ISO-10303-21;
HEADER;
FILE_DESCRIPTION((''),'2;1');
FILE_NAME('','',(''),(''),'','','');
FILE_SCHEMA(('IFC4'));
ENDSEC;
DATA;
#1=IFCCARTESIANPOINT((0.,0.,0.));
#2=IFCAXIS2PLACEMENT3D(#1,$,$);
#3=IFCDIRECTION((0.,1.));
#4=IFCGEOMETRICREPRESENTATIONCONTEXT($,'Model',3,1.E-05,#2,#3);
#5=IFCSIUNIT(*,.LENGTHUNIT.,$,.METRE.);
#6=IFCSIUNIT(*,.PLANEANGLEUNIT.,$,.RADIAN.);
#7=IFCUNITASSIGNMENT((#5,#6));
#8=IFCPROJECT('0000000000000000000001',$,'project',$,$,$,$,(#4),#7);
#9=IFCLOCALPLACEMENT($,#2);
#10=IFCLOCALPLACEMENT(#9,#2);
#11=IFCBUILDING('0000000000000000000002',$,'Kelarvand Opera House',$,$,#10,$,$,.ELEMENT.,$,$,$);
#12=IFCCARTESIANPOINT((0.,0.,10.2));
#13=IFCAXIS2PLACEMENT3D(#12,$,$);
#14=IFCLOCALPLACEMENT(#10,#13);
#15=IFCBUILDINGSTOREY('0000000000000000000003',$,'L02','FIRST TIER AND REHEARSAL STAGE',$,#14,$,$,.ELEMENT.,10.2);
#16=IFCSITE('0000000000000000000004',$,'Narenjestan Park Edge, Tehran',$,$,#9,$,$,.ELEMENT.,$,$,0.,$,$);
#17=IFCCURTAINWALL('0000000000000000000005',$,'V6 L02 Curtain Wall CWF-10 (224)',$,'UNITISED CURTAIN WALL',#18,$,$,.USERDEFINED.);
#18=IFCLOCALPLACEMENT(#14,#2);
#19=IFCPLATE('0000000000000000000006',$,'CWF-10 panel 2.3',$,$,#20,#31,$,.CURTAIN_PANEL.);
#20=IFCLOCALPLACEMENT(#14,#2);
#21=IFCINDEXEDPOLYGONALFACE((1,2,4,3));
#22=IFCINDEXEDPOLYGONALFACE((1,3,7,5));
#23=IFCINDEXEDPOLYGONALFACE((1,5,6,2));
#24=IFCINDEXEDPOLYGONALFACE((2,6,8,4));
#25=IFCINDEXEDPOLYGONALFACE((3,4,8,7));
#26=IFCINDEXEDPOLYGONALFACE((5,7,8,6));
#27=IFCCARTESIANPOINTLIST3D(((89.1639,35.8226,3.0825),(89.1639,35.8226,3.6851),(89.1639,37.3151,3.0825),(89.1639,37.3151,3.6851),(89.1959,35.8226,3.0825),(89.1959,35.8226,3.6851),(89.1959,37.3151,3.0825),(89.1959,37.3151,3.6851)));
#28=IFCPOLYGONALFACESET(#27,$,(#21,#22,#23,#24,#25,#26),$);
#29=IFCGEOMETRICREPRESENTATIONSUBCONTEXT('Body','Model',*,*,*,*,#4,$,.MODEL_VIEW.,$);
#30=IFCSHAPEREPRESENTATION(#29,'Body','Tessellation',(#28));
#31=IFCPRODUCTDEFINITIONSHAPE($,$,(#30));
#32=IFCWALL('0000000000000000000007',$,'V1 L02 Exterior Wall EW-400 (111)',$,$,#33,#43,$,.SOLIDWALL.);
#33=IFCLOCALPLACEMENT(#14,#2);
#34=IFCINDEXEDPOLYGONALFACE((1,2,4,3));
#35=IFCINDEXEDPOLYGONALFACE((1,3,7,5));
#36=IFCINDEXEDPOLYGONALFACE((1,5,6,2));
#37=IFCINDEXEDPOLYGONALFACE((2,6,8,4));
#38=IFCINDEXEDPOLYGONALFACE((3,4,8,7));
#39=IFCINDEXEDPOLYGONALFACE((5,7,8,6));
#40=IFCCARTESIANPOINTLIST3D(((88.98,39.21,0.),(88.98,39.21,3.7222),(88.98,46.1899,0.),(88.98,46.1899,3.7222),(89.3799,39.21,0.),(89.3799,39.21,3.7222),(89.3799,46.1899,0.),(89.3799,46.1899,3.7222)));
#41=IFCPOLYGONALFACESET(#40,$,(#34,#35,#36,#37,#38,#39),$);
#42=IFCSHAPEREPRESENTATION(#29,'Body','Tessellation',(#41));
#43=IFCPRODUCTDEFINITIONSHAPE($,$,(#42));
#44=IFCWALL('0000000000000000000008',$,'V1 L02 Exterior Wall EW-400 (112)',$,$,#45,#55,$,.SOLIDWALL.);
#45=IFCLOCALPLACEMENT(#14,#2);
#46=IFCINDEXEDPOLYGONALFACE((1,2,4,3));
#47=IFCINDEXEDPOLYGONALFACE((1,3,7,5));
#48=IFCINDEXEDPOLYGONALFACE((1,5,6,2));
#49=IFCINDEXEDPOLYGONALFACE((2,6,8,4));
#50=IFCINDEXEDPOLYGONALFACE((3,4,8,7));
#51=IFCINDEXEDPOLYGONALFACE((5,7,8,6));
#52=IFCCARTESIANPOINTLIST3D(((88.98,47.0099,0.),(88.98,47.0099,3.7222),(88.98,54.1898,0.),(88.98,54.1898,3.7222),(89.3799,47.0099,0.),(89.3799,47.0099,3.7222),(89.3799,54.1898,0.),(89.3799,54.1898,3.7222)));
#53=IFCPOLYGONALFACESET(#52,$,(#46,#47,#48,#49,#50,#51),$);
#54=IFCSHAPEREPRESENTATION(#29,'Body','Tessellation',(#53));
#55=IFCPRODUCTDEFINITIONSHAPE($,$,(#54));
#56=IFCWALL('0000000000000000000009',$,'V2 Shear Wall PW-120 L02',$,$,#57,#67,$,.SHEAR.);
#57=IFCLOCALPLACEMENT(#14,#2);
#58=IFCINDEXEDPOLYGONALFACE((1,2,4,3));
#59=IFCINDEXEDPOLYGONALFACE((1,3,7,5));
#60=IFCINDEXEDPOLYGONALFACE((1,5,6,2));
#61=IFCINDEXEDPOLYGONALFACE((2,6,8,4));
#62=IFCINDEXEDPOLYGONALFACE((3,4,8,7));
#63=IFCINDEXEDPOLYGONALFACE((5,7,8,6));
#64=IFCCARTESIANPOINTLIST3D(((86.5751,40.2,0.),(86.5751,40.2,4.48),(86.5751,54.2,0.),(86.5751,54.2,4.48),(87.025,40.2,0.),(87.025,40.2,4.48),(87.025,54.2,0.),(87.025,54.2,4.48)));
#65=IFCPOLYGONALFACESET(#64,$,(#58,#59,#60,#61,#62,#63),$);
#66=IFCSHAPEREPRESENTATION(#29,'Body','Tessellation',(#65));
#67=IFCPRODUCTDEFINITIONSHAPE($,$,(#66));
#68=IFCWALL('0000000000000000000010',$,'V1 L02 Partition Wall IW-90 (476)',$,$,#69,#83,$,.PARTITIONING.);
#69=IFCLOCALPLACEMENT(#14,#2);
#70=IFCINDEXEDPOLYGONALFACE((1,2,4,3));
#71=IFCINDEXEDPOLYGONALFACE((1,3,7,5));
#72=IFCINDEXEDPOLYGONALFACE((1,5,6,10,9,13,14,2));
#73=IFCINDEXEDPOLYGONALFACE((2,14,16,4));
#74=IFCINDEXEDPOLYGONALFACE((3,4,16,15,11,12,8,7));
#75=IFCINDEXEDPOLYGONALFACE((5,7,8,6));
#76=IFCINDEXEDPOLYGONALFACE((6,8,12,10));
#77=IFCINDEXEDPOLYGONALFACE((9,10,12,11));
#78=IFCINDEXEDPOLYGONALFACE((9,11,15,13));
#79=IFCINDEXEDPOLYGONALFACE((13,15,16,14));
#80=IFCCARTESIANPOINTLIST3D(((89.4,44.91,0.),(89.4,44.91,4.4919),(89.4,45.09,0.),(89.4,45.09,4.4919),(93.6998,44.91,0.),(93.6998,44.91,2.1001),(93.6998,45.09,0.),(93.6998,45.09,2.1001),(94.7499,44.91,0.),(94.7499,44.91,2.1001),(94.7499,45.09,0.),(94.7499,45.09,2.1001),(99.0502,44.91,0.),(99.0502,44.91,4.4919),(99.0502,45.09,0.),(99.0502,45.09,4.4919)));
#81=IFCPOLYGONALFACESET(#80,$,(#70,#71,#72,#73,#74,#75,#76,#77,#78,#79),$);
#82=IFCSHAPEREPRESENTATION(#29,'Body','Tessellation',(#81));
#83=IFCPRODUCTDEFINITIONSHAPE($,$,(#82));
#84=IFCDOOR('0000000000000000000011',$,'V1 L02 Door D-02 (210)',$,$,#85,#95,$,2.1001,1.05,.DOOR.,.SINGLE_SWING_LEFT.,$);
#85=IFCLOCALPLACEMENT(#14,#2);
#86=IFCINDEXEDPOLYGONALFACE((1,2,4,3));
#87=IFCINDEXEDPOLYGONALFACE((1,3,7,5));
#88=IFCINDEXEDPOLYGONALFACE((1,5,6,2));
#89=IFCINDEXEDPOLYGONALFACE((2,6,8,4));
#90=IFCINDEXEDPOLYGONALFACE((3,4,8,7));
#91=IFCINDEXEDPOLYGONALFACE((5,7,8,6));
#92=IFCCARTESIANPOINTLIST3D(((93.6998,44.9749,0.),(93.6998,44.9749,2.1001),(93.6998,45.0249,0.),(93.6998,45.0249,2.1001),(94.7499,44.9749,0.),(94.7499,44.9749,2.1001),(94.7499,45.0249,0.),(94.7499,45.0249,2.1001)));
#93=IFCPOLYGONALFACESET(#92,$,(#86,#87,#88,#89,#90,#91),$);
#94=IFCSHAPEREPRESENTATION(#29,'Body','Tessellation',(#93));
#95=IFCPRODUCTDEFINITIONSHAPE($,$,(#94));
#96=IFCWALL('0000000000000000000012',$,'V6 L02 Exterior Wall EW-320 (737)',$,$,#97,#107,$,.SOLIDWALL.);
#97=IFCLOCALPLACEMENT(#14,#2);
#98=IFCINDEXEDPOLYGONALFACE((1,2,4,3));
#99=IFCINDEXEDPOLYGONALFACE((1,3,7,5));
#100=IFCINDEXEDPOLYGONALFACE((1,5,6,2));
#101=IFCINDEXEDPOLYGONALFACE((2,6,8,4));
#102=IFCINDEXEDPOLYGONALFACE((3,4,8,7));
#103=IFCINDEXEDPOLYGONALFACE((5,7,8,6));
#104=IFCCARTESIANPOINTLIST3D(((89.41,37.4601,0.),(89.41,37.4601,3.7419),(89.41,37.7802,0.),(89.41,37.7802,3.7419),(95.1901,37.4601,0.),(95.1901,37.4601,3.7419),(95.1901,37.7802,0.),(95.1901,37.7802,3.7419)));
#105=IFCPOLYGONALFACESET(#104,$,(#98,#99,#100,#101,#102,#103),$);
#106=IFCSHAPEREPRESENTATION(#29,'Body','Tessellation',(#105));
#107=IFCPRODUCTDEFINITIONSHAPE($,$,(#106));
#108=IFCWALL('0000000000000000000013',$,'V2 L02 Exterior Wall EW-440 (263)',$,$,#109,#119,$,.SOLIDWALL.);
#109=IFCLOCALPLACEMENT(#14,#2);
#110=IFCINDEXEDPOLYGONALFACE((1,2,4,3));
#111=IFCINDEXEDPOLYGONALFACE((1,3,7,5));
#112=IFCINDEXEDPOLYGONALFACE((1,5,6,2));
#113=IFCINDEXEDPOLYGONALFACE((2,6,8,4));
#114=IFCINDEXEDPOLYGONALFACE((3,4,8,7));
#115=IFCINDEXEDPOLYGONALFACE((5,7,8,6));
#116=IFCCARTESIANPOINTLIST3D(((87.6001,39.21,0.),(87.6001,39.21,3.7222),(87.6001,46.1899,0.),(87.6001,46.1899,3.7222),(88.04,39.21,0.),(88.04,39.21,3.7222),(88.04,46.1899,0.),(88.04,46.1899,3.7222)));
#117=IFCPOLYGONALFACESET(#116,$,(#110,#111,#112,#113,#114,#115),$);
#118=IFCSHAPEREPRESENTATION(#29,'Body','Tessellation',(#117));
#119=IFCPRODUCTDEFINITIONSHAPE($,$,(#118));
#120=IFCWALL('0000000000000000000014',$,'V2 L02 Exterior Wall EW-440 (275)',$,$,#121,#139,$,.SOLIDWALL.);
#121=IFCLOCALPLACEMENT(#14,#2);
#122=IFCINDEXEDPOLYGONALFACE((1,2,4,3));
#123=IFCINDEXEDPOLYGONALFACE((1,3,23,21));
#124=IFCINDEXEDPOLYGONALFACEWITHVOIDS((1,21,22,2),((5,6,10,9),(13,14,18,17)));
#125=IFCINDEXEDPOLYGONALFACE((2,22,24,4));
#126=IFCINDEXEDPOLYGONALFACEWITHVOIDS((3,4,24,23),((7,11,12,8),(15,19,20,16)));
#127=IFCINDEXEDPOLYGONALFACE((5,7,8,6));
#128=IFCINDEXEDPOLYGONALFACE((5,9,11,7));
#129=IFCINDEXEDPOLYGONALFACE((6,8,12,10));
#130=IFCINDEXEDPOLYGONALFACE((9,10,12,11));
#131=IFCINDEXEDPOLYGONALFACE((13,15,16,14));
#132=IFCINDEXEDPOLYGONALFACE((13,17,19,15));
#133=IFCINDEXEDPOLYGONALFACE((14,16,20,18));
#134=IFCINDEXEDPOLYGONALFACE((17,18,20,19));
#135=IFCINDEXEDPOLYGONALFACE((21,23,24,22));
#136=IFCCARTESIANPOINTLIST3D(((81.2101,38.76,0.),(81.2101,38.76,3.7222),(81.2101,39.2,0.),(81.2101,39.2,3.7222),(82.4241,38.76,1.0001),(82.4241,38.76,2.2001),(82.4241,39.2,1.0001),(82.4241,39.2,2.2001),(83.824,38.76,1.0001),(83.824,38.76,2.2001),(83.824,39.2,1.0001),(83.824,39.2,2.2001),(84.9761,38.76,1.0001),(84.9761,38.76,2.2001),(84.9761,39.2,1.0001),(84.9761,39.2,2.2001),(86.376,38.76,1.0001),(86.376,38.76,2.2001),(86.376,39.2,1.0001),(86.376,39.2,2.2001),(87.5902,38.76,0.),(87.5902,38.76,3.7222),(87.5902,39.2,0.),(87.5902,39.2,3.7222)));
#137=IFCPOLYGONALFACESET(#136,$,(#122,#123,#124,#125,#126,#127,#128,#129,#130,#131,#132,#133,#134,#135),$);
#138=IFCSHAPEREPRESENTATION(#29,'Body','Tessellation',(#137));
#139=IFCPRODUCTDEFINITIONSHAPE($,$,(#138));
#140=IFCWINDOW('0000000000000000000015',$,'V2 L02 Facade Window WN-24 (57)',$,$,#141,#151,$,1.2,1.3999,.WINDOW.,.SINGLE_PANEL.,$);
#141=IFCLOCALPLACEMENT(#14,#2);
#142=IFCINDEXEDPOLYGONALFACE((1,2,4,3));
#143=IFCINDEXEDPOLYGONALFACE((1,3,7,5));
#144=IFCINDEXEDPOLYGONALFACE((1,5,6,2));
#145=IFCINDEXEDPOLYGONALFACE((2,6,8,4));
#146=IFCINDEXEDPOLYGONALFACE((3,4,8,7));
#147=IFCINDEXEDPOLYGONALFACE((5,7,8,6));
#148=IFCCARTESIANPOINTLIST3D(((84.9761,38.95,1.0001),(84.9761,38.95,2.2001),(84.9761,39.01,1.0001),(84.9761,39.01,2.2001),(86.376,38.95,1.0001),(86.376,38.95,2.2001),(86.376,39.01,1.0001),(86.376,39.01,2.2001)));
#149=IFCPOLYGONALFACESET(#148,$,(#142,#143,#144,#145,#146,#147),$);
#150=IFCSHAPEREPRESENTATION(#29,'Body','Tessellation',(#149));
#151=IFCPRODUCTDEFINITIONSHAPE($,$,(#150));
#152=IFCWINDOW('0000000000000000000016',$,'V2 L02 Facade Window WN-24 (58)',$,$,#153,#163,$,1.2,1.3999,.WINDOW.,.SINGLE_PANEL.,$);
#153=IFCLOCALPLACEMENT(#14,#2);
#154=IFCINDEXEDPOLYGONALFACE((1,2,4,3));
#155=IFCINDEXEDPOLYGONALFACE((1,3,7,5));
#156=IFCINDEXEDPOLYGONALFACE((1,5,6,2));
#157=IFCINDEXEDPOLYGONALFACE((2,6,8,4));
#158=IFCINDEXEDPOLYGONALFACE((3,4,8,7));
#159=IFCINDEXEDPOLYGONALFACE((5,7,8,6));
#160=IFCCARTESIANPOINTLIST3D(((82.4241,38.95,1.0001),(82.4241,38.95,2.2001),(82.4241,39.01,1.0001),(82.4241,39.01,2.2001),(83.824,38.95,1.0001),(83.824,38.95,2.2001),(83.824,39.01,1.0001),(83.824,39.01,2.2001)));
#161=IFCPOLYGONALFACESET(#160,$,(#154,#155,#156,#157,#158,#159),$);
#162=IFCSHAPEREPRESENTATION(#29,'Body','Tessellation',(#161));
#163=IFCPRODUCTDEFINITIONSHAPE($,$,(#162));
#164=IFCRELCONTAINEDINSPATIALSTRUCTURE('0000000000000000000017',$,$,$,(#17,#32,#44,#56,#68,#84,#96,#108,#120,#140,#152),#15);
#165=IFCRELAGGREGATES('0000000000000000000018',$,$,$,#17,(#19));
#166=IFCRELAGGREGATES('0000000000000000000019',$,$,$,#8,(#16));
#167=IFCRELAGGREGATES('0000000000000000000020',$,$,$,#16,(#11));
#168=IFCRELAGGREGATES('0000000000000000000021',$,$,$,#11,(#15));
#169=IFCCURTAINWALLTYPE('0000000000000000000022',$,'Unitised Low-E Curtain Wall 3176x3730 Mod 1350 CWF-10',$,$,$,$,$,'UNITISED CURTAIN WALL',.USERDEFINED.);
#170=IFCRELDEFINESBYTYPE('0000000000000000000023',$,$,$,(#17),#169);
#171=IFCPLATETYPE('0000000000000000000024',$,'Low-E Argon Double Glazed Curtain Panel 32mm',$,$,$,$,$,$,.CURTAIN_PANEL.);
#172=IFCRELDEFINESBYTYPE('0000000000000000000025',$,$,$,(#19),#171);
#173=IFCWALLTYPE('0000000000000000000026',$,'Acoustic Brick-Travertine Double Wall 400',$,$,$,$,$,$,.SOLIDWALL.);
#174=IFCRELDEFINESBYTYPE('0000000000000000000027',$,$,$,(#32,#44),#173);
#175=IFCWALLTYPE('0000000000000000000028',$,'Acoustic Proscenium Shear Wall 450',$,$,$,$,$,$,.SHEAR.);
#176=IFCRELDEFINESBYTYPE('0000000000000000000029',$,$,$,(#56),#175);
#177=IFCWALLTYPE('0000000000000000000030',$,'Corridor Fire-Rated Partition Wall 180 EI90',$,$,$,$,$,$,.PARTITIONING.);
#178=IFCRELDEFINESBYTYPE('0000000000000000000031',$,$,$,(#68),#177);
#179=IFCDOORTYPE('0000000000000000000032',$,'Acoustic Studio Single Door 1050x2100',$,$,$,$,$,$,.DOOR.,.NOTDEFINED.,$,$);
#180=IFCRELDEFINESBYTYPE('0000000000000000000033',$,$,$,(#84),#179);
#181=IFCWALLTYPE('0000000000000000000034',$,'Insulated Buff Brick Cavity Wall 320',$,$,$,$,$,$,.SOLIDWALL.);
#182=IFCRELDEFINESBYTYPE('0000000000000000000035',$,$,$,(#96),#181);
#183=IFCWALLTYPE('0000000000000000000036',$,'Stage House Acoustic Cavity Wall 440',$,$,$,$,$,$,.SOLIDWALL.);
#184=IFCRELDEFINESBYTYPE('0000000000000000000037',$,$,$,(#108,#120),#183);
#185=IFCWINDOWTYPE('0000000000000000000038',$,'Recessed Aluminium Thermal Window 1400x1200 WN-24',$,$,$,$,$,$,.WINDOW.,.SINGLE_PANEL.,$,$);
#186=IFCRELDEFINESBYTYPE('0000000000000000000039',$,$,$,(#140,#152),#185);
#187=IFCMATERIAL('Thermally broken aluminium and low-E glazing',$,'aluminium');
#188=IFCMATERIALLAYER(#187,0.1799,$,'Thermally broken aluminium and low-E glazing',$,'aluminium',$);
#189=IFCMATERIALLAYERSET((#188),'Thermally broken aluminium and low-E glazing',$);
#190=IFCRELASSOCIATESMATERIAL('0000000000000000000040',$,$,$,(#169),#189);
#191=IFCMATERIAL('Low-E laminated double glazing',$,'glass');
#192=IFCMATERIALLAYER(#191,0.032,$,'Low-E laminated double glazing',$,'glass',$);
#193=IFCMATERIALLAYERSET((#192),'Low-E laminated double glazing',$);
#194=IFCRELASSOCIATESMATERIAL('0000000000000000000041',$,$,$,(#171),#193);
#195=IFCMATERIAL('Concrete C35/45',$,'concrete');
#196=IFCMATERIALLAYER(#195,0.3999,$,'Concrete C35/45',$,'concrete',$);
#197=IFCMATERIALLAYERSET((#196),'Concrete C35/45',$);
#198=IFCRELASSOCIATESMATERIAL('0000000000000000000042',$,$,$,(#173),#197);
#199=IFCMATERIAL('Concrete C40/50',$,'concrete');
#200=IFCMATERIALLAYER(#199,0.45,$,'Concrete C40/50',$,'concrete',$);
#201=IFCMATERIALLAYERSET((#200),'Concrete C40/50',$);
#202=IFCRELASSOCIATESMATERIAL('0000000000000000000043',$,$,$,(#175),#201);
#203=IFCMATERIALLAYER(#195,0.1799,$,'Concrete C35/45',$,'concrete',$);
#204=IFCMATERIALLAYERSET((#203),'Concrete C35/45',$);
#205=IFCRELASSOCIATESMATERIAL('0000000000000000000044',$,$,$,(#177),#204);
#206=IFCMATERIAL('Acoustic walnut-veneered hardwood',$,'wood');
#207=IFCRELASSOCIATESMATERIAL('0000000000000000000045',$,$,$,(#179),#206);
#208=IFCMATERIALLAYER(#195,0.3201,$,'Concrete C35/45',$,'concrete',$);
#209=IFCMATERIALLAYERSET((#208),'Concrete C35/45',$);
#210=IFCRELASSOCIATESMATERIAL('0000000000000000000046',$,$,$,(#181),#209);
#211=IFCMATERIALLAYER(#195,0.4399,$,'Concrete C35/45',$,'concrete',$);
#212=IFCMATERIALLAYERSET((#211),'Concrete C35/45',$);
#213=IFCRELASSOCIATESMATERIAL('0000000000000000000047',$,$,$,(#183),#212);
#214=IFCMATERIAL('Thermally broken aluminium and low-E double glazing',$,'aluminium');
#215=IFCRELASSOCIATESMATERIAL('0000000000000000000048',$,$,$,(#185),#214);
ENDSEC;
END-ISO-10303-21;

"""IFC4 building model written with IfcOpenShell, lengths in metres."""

from ifc_helpers import new_model, si_unit, direction, frame, frame_2d, origin, origin_2d, place, context, subcontext, project, spatial, rectangle, extrude, material, layer, layer_set, type_object, element, fill, aggregate, save


model = new_model("IFC4")

# Units and contexts
model_context = context("Model", 3, precision=1e-05, world=origin(), true_north=direction((0.0, 1.0)))
body_context = subcontext(model_context, "Body", "Model", "MODEL_VIEW")
ifc_project = project(units=[si_unit("LENGTHUNIT", "METRE"), si_unit("PLANEANGLEUNIT", "RADIAN")], contexts=[model_context])

# Site, building, storey
site_placement = place(None, origin())
site = spatial("IfcSite", under=ifc_project, at=site_placement, Name="Narenjestan Park Edge, Tehran", CompositionType="ELEMENT", RefElevation=0.0)
building_placement = place(site_placement, origin())
building = spatial("IfcBuilding", under=site, at=building_placement, Name="Kelarvand Opera House", CompositionType="ELEMENT")
storey_placement = place(building_placement, frame((0.0, 0.0, 10.2)))
storey = spatial("IfcBuildingStorey", under=building, at=storey_placement, Name="L02", Description="FIRST TIER AND REHEARSAL STAGE", CompositionType="ELEMENT", Elevation=10.2)

# Shared definitions
ifc_material_1 = material(Name="Concrete C40/50", Category="concrete")

# Curtain wall
ifc_material_2 = material(Name="Thermally broken aluminium and low-E glazing", Category="aluminium")
ifc_layer_1 = layer(ifc_material_2, 0.1799, Name="Thermally broken aluminium and low-E glazing", Category="aluminium")
ifc_layer_set_1 = layer_set([ifc_layer_1], Name="Thermally broken aluminium and low-E glazing")
curtain_wall_type = type_object("IfcCurtainWallType", Name="Unitised Low-E Curtain Wall 3176x3730 Mod 1350 CWF-10", ElementType="UNITISED CURTAIN WALL", PredefinedType="USERDEFINED", material=ifc_layer_set_1)
curtain_wall_placement = place(storey_placement, origin())
curtain_wall = element("IfcCurtainWall", 1, at=curtain_wall_placement, inside=storey, type_object=curtain_wall_type, Name="V6 L02 Curtain Wall CWF-10 (224)", ObjectType="UNITISED CURTAIN WALL", PredefinedType="USERDEFINED")

# Plate
ifc_material_3 = material(Name="Low-E laminated double glazing", Category="glass")
ifc_layer_2 = layer(ifc_material_3, 0.032, Name="Low-E laminated double glazing", Category="glass")
ifc_layer_set_2 = layer_set([ifc_layer_2], Name="Low-E laminated double glazing")
plate_type = type_object("IfcPlateType", Name="Low-E Argon Double Glazed Curtain Panel 32mm", PredefinedType="CURTAIN_PANEL", material=ifc_layer_set_2)
plate_placement = place(storey_placement, frame((89.1799, 36.5688, 3.0825), z_axis=(0.0, 0.0, 1.0), x_axis=(0.0, 1.0, 0.0)))
plate = element("IfcPlate", 2, at=plate_placement, type_object=plate_type, Name="CWF-10 panel 2.3", PredefinedType="CURTAIN_PANEL", context=body_context, shape_type="SweptSolid", body=[
    extrude(rectangle(XDim=1.4924, YDim=0.032, at=origin_2d()), origin(), (0.0, 0.0, 1.0), 0.6025),
])
aggregate(curtain_wall, [plate])

# Walls
ifc_material_4 = material(Name="Concrete C35/45", Category="concrete")
ifc_layer_3 = layer(ifc_material_4, 0.3999, Name="Concrete C35/45", Category="concrete")
ifc_layer_set_3 = layer_set([ifc_layer_3], Name="Concrete C35/45")
wall_type_1 = type_object("IfcWallType", Name="Acoustic Brick-Travertine Double Wall 400", PredefinedType="SOLIDWALL", material=ifc_layer_set_3)
wall_1_placement = place(storey_placement, frame((89.1799, 39.21, 0.0), z_axis=(0.0, 0.0, 1.0), x_axis=(0.0, 1.0, 0.0)))
element("IfcWall", 3, at=wall_1_placement, inside=storey, type_object=wall_type_1, Name="V1 L02 Exterior Wall EW-400 (111)", PredefinedType="SOLIDWALL", context=body_context, shape_type="SweptSolid", body=[
    extrude(rectangle(XDim=6.98, YDim=0.3999, at=frame_2d((3.49, 0.0))), origin(), (0.0, 0.0, 1.0), 3.7222),
])
wall_2_placement = place(storey_placement, frame((89.1799, 47.01, 0.0), z_axis=(0.0, 0.0, 1.0), x_axis=(0.0, 1.0, 0.0)))
element("IfcWall", 4, at=wall_2_placement, inside=storey, type_object=wall_type_1, Name="V1 L02 Exterior Wall EW-400 (112)", PredefinedType="SOLIDWALL", context=body_context, shape_type="SweptSolid", body=[
    extrude(rectangle(XDim=7.1799, YDim=0.3999, at=frame_2d((3.5898, 0.0))), origin(), (0.0, 0.0, 1.0), 3.7222),
])
ifc_layer_4 = layer(ifc_material_1, 0.45, Name="Concrete C40/50", Category="concrete")
ifc_layer_set_4 = layer_set([ifc_layer_4], Name="Concrete C40/50")
wall_type_2 = type_object("IfcWallType", Name="Acoustic Proscenium Shear Wall 450", PredefinedType="SHEAR", material=ifc_layer_set_4)
wall_3_placement = place(storey_placement, frame((86.8, 40.2, 0.0), z_axis=(0.0, 0.0, 1.0), x_axis=(0.0, 1.0, 0.0)))
element("IfcWall", 5, at=wall_3_placement, inside=storey, type_object=wall_type_2, Name="V2 Shear Wall PW-120 L02", PredefinedType="SHEAR", context=body_context, shape_type="SweptSolid", body=[
    extrude(rectangle(XDim=14.0, YDim=0.45, at=frame_2d((7.0, 0.0))), origin(), (0.0, 0.0, 1.0), 4.48),
])

# Wall, opening, door
ifc_layer_5 = layer(ifc_material_4, 0.1799, Name="Concrete C35/45", Category="concrete")
ifc_layer_set_5 = layer_set([ifc_layer_5], Name="Concrete C35/45")
wall_type_3 = type_object("IfcWallType", Name="Corridor Fire-Rated Partition Wall 180 EI90", PredefinedType="PARTITIONING", material=ifc_layer_set_5)
wall_4_placement = place(storey_placement, frame((89.3999, 45.0, 0.0), z_axis=(0.0, 0.0, 1.0), x_axis=(1.0, 0.0, 0.0)))
wall_4 = element("IfcWall", 6, at=wall_4_placement, inside=storey, type_object=wall_type_3, Name="V1 L02 Partition Wall IW-90 (476)", PredefinedType="PARTITIONING", context=body_context, shape_type="SweptSolid", body=[
    extrude(rectangle(XDim=9.6501, YDim=0.1799, at=frame_2d((4.8252, 0.0))), origin(), (0.0, 0.0, 1.0), 4.4919),
])
opening_1_placement = place(wall_4_placement, frame((4.3, 0.0, 0.0)))
opening_1 = element("IfcOpeningElement", 7, at=opening_1_placement, cuts=wall_4, PredefinedType="OPENING", context=body_context, shape_type="SweptSolid", body=[
    extrude(rectangle(XDim=1.05, YDim=2.1001, at=frame_2d((0.5249, 1.05))), frame((0.0, 0.1001, 0.0), z_axis=(0.0, -1.0, 0.0), x_axis=(1.0, 0.0, 0.0)), (0.0, 0.0, 1.0), 0.2),
])
ifc_material_5 = material(Name="Acoustic walnut-veneered hardwood", Category="wood")
door_type = type_object("IfcDoorType", Name="Acoustic Studio Single Door 1050x2100", OperationType="NOTDEFINED", PredefinedType="DOOR", material=ifc_material_5)
door_placement = place(opening_1_placement, origin())
door = element("IfcDoor", 8, at=door_placement, inside=storey, type_object=door_type, Name="V1 L02 Door D-02 (210)", OperationType="SINGLE_SWING_LEFT", OverallHeight=2.1001, OverallWidth=1.05, PredefinedType="DOOR", context=body_context, shape_type="SweptSolid", body=[
    extrude(rectangle(XDim=1.05, YDim=2.1001, at=frame_2d((0.5249, 1.05))), frame((0.0, 0.0249, 0.0), z_axis=(0.0, -1.0, 0.0), x_axis=(1.0, 0.0, 0.0)), (0.0, 0.0, 1.0), 0.05),
])
fill(opening_1, door)

# Walls
ifc_layer_6 = layer(ifc_material_4, 0.3201, Name="Concrete C35/45", Category="concrete")
ifc_layer_set_6 = layer_set([ifc_layer_6], Name="Concrete C35/45")
wall_type_4 = type_object("IfcWallType", Name="Insulated Buff Brick Cavity Wall 320", PredefinedType="SOLIDWALL", material=ifc_layer_set_6)
wall_5_placement = place(storey_placement, frame((89.4099, 37.6201, 0.0), z_axis=(0.0, 0.0, 1.0), x_axis=(1.0, 0.0, 0.0)))
element("IfcWall", 9, at=wall_5_placement, inside=storey, type_object=wall_type_4, Name="V6 L02 Exterior Wall EW-320 (737)", PredefinedType="SOLIDWALL", context=body_context, shape_type="SweptSolid", body=[
    extrude(rectangle(XDim=5.78, YDim=0.3201, at=frame_2d((2.8901, 0.0))), origin(), (0.0, 0.0, 1.0), 3.7419),
])
ifc_layer_7 = layer(ifc_material_4, 0.4399, Name="Concrete C35/45", Category="concrete")
ifc_layer_set_7 = layer_set([ifc_layer_7], Name="Concrete C35/45")
wall_type_5 = type_object("IfcWallType", Name="Stage House Acoustic Cavity Wall 440", PredefinedType="SOLIDWALL", material=ifc_layer_set_7)
wall_6_placement = place(storey_placement, frame((87.8201, 46.1899, 0.0), z_axis=(0.0, 0.0, 1.0), x_axis=(0.0, -1.0, 0.0)))
element("IfcWall", 10, at=wall_6_placement, inside=storey, type_object=wall_type_5, Name="V2 L02 Exterior Wall EW-440 (263)", PredefinedType="SOLIDWALL", context=body_context, shape_type="SweptSolid", body=[
    extrude(rectangle(XDim=6.98, YDim=0.4399, at=frame_2d((3.49, 0.0))), origin(), (0.0, 0.0, 1.0), 3.7222),
])

# Wall, openings, windows
wall_7_placement = place(storey_placement, frame((87.5901, 38.98, 0.0), z_axis=(0.0, 0.0, 1.0), x_axis=(-1.0, 0.0, 0.0)))
wall_7 = element("IfcWall", 11, at=wall_7_placement, inside=storey, type_object=wall_type_5, Name="V2 L02 Exterior Wall EW-440 (275)", PredefinedType="SOLIDWALL", context=body_context, shape_type="SweptSolid", body=[
    extrude(rectangle(XDim=6.3801, YDim=0.4399, at=frame_2d((3.1899, 0.0))), origin(), (0.0, 0.0, 1.0), 3.7222),
])
opening_2_placement = place(wall_7_placement, frame((1.2141, 0.0, 1.0)))
opening_2 = element("IfcOpeningElement", 12, at=opening_2_placement, cuts=wall_7, PredefinedType="OPENING", context=body_context, shape_type="SweptSolid", body=[
    extrude(rectangle(XDim=1.3999, YDim=1.2, at=frame_2d((0.7, 0.6001))), frame((0.0, 0.23, 0.0), z_axis=(0.0, -1.0, 0.0), x_axis=(1.0, 0.0, 0.0)), (0.0, 0.0, 1.0), 0.46),
])
opening_3_placement = place(wall_7_placement, frame((3.7661, 0.0, 1.0)))
opening_3 = element("IfcOpeningElement", 13, at=opening_3_placement, cuts=wall_7, PredefinedType="OPENING", context=body_context, shape_type="SweptSolid", body=[
    extrude(rectangle(XDim=1.3999, YDim=1.2, at=frame_2d((0.7, 0.6001))), frame((0.0, 0.23, 0.0), z_axis=(0.0, -1.0, 0.0), x_axis=(1.0, 0.0, 0.0)), (0.0, 0.0, 1.0), 0.46),
])
ifc_material_6 = material(Name="Thermally broken aluminium and low-E double glazing", Category="aluminium")
window_type = type_object("IfcWindowType", Name="Recessed Aluminium Thermal Window 1400x1200 WN-24", PartitioningType="SINGLE_PANEL", PredefinedType="WINDOW", material=ifc_material_6)
window_1_placement = place(opening_2_placement, origin())
window_1 = element("IfcWindow", 14, at=window_1_placement, inside=storey, type_object=window_type, Name="V2 L02 Facade Window WN-24 (57)", OverallHeight=1.2, OverallWidth=1.3999, PartitioningType="SINGLE_PANEL", PredefinedType="WINDOW", context=body_context, shape_type="SweptSolid", body=[
    extrude(rectangle(XDim=1.3999, YDim=1.2, at=frame_2d((0.7, 0.6001))), frame((0.0, 0.03, 0.0), z_axis=(0.0, -1.0, 0.0), x_axis=(1.0, 0.0, 0.0)), (0.0, 0.0, 1.0), 0.0601),
])
fill(opening_2, window_1)
window_2_placement = place(opening_3_placement, origin())
window_2 = element("IfcWindow", 15, at=window_2_placement, inside=storey, type_object=window_type, Name="V2 L02 Facade Window WN-24 (58)", OverallHeight=1.2, OverallWidth=1.3999, PartitioningType="SINGLE_PANEL", PredefinedType="WINDOW", context=body_context, shape_type="SweptSolid", body=[
    extrude(rectangle(XDim=1.3999, YDim=1.2, at=frame_2d((0.7, 0.6001))), frame((0.0, 0.03, 0.0), z_axis=(0.0, -1.0, 0.0), x_axis=(1.0, 0.0, 0.0)), (0.0, 0.0, 1.0), 0.0601),
])
fill(opening_3, window_2)

save(model, "model.ifc")
